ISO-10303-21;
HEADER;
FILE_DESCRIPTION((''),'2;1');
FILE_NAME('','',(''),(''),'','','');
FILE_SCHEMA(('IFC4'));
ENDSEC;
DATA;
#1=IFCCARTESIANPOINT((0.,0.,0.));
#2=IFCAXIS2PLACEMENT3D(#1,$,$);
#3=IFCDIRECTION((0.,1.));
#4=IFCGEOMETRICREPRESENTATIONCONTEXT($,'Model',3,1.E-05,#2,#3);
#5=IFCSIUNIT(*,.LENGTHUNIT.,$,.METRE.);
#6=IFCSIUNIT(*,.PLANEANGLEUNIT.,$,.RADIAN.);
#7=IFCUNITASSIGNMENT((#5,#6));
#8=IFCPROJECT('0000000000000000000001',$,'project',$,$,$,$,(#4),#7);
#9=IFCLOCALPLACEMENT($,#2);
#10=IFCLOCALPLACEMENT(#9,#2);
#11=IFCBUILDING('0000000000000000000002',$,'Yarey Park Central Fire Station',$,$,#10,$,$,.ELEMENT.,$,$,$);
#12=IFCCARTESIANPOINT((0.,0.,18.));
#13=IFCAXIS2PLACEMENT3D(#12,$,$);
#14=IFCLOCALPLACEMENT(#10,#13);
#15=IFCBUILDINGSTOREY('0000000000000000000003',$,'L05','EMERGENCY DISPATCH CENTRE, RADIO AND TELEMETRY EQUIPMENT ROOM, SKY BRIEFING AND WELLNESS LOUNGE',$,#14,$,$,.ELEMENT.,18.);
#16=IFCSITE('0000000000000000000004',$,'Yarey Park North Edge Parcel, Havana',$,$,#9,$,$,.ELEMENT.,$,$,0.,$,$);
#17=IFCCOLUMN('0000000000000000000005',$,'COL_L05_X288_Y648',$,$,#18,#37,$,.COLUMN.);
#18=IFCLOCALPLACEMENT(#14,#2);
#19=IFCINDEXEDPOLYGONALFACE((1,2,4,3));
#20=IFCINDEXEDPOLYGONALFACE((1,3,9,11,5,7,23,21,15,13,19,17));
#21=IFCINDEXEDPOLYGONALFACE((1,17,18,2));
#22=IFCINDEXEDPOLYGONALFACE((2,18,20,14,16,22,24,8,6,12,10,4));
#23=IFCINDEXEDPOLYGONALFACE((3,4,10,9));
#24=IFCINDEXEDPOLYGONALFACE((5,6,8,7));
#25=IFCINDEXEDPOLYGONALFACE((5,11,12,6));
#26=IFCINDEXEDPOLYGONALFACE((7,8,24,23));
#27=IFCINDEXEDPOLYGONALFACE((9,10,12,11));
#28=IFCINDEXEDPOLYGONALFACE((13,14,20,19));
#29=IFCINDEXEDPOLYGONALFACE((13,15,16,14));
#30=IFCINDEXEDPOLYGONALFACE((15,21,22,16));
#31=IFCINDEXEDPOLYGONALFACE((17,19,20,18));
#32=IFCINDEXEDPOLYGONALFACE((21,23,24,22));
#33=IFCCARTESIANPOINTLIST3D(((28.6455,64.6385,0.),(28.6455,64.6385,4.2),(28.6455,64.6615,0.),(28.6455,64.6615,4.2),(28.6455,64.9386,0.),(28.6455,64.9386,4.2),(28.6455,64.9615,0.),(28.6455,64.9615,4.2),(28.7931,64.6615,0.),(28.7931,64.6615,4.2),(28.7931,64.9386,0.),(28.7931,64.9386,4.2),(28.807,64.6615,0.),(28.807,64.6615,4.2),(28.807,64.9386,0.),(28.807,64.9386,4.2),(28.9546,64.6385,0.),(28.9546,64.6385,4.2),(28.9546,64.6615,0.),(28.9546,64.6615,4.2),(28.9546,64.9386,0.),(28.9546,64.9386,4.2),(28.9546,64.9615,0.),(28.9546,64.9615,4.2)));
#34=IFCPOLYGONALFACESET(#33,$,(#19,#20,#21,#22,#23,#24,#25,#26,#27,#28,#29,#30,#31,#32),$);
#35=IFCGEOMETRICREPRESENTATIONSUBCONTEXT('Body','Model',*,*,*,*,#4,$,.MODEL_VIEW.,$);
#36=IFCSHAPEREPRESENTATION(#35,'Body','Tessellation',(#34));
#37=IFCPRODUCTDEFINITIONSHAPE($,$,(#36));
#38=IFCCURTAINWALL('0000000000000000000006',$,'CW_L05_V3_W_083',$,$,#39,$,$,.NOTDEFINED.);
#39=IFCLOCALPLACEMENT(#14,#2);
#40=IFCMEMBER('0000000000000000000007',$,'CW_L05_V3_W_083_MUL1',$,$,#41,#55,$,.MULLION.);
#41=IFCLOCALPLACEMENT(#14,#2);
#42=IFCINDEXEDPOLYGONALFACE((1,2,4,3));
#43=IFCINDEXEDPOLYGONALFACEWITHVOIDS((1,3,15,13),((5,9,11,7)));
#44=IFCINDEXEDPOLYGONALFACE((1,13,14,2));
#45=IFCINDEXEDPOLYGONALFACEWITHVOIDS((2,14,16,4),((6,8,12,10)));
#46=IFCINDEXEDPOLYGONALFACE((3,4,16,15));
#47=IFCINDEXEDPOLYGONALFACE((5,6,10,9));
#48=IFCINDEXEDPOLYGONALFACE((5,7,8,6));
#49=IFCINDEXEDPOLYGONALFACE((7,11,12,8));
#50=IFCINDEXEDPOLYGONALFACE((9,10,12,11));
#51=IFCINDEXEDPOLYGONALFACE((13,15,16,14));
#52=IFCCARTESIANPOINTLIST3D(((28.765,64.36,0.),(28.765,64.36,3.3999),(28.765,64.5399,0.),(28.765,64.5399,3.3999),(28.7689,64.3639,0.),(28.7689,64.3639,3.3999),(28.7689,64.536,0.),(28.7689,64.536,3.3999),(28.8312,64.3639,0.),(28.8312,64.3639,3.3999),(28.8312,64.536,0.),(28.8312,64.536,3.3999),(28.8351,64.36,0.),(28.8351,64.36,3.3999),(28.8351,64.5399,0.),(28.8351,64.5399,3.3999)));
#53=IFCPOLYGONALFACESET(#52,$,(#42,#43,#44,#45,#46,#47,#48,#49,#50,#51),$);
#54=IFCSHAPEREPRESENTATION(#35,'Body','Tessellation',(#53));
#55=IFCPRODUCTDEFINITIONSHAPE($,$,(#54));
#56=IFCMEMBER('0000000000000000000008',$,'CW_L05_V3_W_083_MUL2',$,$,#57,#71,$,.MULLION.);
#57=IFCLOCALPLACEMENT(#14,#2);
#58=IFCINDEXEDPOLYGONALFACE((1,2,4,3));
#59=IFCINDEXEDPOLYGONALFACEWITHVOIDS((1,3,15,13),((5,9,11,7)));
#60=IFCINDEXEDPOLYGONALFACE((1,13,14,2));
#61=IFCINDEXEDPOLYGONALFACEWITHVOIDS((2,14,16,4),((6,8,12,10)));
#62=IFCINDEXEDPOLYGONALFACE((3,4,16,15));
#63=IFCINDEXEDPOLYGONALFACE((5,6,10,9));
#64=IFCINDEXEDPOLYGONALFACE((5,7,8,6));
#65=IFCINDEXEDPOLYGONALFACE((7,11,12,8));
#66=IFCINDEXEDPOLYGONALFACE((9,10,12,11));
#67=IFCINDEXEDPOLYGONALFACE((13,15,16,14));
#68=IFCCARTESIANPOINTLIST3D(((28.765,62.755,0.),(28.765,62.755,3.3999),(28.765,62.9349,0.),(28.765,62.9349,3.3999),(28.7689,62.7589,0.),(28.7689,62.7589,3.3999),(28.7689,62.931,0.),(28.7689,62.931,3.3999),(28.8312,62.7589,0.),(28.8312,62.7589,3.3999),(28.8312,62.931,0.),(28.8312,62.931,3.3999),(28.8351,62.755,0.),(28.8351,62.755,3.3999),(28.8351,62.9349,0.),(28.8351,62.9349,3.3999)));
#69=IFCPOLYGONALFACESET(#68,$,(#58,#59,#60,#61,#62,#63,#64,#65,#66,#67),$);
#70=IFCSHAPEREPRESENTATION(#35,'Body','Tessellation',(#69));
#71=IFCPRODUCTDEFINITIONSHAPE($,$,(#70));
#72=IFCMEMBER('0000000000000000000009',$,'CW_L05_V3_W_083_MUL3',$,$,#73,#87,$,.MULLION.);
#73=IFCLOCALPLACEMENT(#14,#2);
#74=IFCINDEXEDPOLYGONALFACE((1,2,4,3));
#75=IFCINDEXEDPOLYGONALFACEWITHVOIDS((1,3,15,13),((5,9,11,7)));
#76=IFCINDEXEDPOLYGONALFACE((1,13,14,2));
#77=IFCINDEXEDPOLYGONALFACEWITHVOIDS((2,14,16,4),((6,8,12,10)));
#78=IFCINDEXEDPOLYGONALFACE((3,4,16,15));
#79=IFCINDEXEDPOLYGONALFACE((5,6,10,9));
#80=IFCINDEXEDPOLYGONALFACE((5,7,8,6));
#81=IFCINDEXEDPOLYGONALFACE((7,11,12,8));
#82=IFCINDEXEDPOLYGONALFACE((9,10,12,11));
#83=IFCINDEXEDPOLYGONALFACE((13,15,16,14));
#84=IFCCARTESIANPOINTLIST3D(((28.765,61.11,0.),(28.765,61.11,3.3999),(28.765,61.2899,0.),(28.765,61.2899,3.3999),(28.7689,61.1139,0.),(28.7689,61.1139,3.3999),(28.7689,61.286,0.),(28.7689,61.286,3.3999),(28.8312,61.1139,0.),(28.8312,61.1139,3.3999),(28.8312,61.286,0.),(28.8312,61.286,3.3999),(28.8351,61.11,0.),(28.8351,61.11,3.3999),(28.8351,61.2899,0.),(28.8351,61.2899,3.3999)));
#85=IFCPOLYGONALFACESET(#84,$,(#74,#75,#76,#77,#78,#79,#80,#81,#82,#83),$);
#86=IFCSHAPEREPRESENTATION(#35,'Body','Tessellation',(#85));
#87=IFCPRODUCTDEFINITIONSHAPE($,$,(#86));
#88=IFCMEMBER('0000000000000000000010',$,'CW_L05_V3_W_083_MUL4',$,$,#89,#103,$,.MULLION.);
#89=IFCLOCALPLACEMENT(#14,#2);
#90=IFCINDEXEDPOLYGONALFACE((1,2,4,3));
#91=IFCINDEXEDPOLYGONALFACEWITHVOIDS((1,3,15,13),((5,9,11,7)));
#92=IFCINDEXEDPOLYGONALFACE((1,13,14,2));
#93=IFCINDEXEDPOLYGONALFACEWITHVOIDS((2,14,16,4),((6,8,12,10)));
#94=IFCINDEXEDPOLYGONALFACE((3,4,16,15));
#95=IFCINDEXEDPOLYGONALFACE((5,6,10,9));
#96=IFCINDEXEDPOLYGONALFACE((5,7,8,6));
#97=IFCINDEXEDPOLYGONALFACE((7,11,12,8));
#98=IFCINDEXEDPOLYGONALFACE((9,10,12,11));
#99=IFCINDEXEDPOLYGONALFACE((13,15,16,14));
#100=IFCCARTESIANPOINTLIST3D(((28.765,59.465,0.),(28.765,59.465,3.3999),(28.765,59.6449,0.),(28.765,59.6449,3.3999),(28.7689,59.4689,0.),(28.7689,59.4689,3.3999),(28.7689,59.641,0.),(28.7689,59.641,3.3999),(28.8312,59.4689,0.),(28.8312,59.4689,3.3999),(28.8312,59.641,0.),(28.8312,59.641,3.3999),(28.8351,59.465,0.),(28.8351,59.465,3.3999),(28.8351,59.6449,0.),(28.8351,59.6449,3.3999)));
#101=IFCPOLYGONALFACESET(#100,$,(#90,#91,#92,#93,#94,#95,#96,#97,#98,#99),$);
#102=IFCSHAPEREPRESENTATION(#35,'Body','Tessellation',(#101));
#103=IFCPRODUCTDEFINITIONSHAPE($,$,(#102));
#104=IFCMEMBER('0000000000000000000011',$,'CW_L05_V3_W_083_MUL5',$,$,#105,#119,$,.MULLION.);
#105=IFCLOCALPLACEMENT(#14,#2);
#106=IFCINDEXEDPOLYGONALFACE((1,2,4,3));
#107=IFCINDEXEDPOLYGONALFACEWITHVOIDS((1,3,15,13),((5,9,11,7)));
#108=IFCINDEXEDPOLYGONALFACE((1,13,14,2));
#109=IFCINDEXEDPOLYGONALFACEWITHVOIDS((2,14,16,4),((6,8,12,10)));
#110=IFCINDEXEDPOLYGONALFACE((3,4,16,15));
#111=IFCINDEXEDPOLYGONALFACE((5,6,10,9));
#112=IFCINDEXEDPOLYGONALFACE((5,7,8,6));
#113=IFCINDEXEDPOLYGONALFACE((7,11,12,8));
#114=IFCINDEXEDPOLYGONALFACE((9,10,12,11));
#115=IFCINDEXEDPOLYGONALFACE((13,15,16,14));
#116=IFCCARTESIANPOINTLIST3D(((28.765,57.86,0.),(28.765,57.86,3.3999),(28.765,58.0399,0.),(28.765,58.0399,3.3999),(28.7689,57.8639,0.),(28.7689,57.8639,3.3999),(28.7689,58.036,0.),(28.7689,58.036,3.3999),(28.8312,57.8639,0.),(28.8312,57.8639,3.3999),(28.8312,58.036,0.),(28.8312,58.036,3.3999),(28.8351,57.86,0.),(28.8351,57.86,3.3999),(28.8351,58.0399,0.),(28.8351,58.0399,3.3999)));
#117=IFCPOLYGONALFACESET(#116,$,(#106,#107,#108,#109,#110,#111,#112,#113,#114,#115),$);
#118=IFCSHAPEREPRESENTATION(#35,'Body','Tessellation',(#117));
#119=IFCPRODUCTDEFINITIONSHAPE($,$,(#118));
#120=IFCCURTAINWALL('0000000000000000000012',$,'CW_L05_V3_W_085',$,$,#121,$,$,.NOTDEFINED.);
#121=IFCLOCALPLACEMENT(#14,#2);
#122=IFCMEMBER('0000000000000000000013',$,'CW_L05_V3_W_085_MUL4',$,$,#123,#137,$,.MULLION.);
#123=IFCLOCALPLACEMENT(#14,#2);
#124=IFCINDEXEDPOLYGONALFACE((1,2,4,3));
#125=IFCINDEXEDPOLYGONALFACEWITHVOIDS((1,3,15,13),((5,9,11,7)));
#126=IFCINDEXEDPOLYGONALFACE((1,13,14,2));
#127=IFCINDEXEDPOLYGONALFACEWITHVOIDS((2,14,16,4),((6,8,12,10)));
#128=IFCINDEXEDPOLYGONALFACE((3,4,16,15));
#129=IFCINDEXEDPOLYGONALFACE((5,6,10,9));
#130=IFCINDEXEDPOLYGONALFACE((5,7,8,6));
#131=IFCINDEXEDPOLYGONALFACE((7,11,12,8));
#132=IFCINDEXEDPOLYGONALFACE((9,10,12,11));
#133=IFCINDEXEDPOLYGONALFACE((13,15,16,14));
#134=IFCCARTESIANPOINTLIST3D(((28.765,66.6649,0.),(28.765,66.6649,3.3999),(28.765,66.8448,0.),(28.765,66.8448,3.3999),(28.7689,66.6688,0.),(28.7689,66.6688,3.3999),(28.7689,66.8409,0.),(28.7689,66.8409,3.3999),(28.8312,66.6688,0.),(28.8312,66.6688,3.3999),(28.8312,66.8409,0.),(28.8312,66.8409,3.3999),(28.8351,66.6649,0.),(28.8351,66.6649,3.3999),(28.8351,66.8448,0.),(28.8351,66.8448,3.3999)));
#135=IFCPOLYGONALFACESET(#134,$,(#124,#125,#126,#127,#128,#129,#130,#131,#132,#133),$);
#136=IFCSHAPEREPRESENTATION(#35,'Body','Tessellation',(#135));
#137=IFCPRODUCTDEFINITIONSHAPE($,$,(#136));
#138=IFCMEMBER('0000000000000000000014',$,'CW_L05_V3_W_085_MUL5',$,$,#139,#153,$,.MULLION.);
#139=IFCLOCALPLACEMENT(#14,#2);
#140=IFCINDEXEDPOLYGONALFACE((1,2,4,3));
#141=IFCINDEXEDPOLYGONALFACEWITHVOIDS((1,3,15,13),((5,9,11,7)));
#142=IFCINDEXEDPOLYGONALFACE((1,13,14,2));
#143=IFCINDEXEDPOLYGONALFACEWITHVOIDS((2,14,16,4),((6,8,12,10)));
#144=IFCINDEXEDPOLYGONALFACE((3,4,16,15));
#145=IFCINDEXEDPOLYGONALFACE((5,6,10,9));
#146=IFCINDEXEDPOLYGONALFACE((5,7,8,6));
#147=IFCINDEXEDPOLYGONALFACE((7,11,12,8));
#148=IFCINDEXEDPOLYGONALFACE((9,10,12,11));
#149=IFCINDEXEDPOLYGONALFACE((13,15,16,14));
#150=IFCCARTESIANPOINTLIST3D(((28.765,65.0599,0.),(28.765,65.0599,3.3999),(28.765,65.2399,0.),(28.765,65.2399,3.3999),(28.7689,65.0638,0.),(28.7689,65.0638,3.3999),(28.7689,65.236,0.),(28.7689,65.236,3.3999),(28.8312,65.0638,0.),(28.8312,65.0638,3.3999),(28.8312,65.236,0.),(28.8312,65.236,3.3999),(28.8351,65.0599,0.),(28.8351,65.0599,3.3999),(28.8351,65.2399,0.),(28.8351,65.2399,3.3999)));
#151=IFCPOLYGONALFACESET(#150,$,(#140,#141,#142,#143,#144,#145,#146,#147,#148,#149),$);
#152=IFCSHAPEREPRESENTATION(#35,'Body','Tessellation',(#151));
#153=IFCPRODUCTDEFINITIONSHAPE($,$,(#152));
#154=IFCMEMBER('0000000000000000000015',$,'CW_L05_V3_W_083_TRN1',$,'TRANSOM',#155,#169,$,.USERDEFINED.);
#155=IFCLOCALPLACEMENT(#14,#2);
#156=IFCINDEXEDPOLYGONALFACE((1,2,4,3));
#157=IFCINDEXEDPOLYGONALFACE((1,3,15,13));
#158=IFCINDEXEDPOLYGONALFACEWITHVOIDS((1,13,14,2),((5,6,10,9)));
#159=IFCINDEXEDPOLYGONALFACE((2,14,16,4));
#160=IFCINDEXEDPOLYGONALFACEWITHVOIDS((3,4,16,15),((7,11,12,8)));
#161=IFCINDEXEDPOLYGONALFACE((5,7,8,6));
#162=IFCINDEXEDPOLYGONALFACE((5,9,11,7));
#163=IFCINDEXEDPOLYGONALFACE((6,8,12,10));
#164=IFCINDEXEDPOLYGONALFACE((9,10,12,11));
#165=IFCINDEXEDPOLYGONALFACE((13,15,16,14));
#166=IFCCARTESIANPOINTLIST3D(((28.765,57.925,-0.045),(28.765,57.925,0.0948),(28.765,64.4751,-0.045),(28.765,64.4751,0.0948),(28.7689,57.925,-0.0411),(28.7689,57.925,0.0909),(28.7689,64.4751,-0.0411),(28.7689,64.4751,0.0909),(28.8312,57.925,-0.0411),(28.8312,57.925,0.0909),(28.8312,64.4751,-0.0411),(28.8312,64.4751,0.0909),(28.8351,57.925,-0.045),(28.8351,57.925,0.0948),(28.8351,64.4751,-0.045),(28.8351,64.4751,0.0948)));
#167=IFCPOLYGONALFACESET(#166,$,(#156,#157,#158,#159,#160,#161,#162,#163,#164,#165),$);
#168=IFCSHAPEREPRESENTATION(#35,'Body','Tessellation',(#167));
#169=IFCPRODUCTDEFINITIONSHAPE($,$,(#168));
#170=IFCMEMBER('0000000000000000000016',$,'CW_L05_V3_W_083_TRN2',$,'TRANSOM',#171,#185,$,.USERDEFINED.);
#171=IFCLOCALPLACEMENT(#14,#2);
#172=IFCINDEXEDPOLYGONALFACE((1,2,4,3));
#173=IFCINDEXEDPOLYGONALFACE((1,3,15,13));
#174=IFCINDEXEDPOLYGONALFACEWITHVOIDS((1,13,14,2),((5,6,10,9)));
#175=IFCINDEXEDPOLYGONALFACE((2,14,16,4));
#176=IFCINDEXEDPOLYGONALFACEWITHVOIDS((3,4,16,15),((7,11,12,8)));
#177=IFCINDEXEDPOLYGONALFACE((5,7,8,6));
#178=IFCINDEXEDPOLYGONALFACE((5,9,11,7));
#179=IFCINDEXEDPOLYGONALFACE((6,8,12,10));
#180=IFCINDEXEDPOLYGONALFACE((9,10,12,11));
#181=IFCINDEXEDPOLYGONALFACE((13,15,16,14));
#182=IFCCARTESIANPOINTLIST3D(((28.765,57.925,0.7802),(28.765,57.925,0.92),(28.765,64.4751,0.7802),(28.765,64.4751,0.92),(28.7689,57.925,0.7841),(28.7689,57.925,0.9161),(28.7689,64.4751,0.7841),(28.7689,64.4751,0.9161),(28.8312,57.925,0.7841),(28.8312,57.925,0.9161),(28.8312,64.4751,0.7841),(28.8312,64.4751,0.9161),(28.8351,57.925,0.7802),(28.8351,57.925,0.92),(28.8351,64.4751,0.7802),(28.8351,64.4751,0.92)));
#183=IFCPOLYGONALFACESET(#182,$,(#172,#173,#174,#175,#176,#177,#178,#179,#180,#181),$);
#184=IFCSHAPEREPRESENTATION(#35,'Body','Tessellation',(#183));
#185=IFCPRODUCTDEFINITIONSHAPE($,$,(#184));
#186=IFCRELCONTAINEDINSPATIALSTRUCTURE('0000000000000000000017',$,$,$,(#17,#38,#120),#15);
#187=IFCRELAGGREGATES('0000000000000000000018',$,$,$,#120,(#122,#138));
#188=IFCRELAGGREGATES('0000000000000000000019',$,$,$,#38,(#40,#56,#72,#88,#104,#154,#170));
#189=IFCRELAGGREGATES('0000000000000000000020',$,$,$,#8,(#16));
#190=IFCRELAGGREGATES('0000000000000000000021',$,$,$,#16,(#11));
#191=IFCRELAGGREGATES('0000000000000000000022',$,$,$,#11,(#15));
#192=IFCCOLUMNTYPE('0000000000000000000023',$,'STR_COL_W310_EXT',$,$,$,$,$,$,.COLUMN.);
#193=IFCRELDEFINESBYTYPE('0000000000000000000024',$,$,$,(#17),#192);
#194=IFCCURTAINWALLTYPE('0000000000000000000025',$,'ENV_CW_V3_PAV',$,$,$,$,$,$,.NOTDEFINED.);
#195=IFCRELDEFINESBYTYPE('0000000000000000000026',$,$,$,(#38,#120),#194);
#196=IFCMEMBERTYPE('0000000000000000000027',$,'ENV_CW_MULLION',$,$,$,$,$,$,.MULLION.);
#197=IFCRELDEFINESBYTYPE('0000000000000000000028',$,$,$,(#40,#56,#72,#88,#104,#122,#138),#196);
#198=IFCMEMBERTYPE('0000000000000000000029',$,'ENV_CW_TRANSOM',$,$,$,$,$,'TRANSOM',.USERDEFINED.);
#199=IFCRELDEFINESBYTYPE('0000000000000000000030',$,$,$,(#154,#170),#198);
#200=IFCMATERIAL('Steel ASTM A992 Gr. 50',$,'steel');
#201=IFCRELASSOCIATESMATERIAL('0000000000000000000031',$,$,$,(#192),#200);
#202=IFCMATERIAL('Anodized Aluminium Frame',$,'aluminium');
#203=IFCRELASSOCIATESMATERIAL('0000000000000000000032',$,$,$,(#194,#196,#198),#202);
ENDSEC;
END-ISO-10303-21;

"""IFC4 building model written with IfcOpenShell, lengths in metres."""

from ifc_helpers import new_model, si_unit, direction, frame, origin, origin_2d, place, context, subcontext, project, spatial, hollow_rectangle, i_section, extrude, material, material_profile, profile_set, type_object, element, aggregate, save


model = new_model("IFC4")

# Units and contexts
model_context = context("Model", 3, precision=1e-05, world=origin(), true_north=direction((0.0, 1.0)))
body_context = subcontext(model_context, "Body", "Model", "MODEL_VIEW")
ifc_project = project(units=[si_unit("LENGTHUNIT", "METRE"), si_unit("PLANEANGLEUNIT", "RADIAN")], contexts=[model_context])

# Site, building, storey
site_placement = place(None, origin())
site = spatial("IfcSite", under=ifc_project, at=site_placement, Name="Yarey Park North Edge Parcel, Havana", CompositionType="ELEMENT", RefElevation=0.0)
building_placement = place(site_placement, origin())
building = spatial("IfcBuilding", under=site, at=building_placement, Name="Yarey Park Central Fire Station", CompositionType="ELEMENT")
storey_placement = place(building_placement, frame((0.0, 0.0, 18.0)))
storey = spatial("IfcBuildingStorey", under=building, at=storey_placement, Name="L05", Description="EMERGENCY DISPATCH CENTRE, RADIO AND TELEMETRY EQUIPMENT ROOM, SKY BRIEFING AND WELLNESS LOUNGE", CompositionType="ELEMENT", Elevation=18.0)

# Column
ifc_material_1 = material(Name="Steel ASTM A992 Gr. 50", Category="steel")
ifc_material_profile_1 = material_profile(ifc_material_1, i_section(OverallWidth=0.3091, OverallDepth=0.323, WebThickness=0.0139, FlangeThickness=0.0229, at=origin_2d()), Name="W310x143")
ifc_profile_set_1 = profile_set([ifc_material_profile_1], Name="Steel ASTM A992 Gr. 50")
column_type = type_object("IfcColumnType", Name="STR_COL_W310_EXT", PredefinedType="COLUMN", material=ifc_profile_set_1)
column_placement = place(storey_placement, frame((28.8, 64.8, 0.0), z_axis=(0.0, 0.0, 1.0), x_axis=(1.0, 0.0, 0.0)))
element("IfcColumn", 1, at=column_placement, inside=storey, type_object=column_type, Name="COL_L05_X288_Y648", PredefinedType="COLUMN", context=body_context, shape_type="SweptSolid", body=[
    extrude(i_section(OverallWidth=0.3091, OverallDepth=0.323, WebThickness=0.0139, FlangeThickness=0.0229, at=origin_2d()), origin(), (0.0, 0.0, 1.0), 4.2),
])

# Curtain walls, members
ifc_material_2 = material(Name="Anodized Aluminium Frame", Category="aluminium")
curtain_wall_type = type_object("IfcCurtainWallType", Name="ENV_CW_V3_PAV", PredefinedType="NOTDEFINED", material=ifc_material_2)
curtain_wall_1_placement = place(storey_placement, origin())
curtain_wall_1 = element("IfcCurtainWall", 2, at=curtain_wall_1_placement, inside=storey, type_object=curtain_wall_type, Name="CW_L05_V3_W_083", PredefinedType="NOTDEFINED")
ifc_material_profile_2 = material_profile(ifc_material_2, hollow_rectangle(XDim=0.0701, YDim=0.1799, WallThickness=0.0039, at=origin_2d()), Name="ALU 180x70x4")
ifc_profile_set_2 = profile_set([ifc_material_profile_2], Name="Anodized Aluminium Frame")
member_type_1 = type_object("IfcMemberType", Name="ENV_CW_MULLION", PredefinedType="MULLION", material=ifc_profile_set_2)
member_1_placement = place(storey_placement, frame((28.8, 64.45, 0.0), z_axis=(0.0, 0.0, 1.0), x_axis=(1.0, 0.0, 0.0)))
member_1 = element("IfcMember", 3, at=member_1_placement, type_object=member_type_1, Name="CW_L05_V3_W_083_MUL1", PredefinedType="MULLION", context=body_context, shape_type="SweptSolid", body=[
    extrude(hollow_rectangle(XDim=0.0701, YDim=0.1799, WallThickness=0.0039, at=origin_2d()), origin(), (0.0, 0.0, 1.0), 3.3999),
])
member_2_placement = place(storey_placement, frame((28.8, 62.845, 0.0), z_axis=(0.0, 0.0, 1.0), x_axis=(1.0, 0.0, 0.0)))
member_2 = element("IfcMember", 4, at=member_2_placement, type_object=member_type_1, Name="CW_L05_V3_W_083_MUL2", PredefinedType="MULLION", context=body_context, shape_type="SweptSolid", body=[
    extrude(hollow_rectangle(XDim=0.0701, YDim=0.1799, WallThickness=0.0039, at=origin_2d()), origin(), (0.0, 0.0, 1.0), 3.3999),
])
member_3_placement = place(storey_placement, frame((28.8, 61.2, 0.0), z_axis=(0.0, 0.0, 1.0), x_axis=(1.0, 0.0, 0.0)))
member_3 = element("IfcMember", 5, at=member_3_placement, type_object=member_type_1, Name="CW_L05_V3_W_083_MUL3", PredefinedType="MULLION", context=body_context, shape_type="SweptSolid", body=[
    extrude(hollow_rectangle(XDim=0.0701, YDim=0.1799, WallThickness=0.0039, at=origin_2d()), origin(), (0.0, 0.0, 1.0), 3.3999),
])
member_4_placement = place(storey_placement, frame((28.8, 59.5549, 0.0), z_axis=(0.0, 0.0, 1.0), x_axis=(1.0, 0.0, 0.0)))
member_4 = element("IfcMember", 6, at=member_4_placement, type_object=member_type_1, Name="CW_L05_V3_W_083_MUL4", PredefinedType="MULLION", context=body_context, shape_type="SweptSolid", body=[
    extrude(hollow_rectangle(XDim=0.0701, YDim=0.1799, WallThickness=0.0039, at=origin_2d()), origin(), (0.0, 0.0, 1.0), 3.3999),
])
member_5_placement = place(storey_placement, frame((28.8, 57.95, 0.0), z_axis=(0.0, 0.0, 1.0), x_axis=(1.0, 0.0, 0.0)))
member_5 = element("IfcMember", 7, at=member_5_placement, type_object=member_type_1, Name="CW_L05_V3_W_083_MUL5", PredefinedType="MULLION", context=body_context, shape_type="SweptSolid", body=[
    extrude(hollow_rectangle(XDim=0.0701, YDim=0.1799, WallThickness=0.0039, at=origin_2d()), origin(), (0.0, 0.0, 1.0), 3.3999),
])
curtain_wall_2_placement = place(storey_placement, origin())
curtain_wall_2 = element("IfcCurtainWall", 8, at=curtain_wall_2_placement, inside=storey, type_object=curtain_wall_type, Name="CW_L05_V3_W_085", PredefinedType="NOTDEFINED")
member_6_placement = place(storey_placement, frame((28.8, 66.7549, 0.0), z_axis=(0.0, 0.0, 1.0), x_axis=(1.0, 0.0, 0.0)))
member_6 = element("IfcMember", 9, at=member_6_placement, type_object=member_type_1, Name="CW_L05_V3_W_085_MUL4", PredefinedType="MULLION", context=body_context, shape_type="SweptSolid", body=[
    extrude(hollow_rectangle(XDim=0.0701, YDim=0.1799, WallThickness=0.0039, at=origin_2d()), origin(), (0.0, 0.0, 1.0), 3.3999),
])
member_7_placement = place(storey_placement, frame((28.8, 65.1499, 0.0), z_axis=(0.0, 0.0, 1.0), x_axis=(1.0, 0.0, 0.0)))
member_7 = element("IfcMember", 10, at=member_7_placement, type_object=member_type_1, Name="CW_L05_V3_W_085_MUL5", PredefinedType="MULLION", context=body_context, shape_type="SweptSolid", body=[
    extrude(hollow_rectangle(XDim=0.0701, YDim=0.1799, WallThickness=0.0039, at=origin_2d()), origin(), (0.0, 0.0, 1.0), 3.3999),
])

# Members
ifc_material_profile_3 = material_profile(ifc_material_2, hollow_rectangle(XDim=0.0701, YDim=0.1399, WallThickness=0.0039, at=origin_2d()), Name="ALU 140x70x4")
ifc_profile_set_3 = profile_set([ifc_material_profile_3], Name="Anodized Aluminium Frame")
member_type_2 = type_object("IfcMemberType", Name="ENV_CW_TRANSOM", ElementType="TRANSOM", PredefinedType="USERDEFINED", material=ifc_profile_set_3)
member_8_placement = place(storey_placement, frame((28.8, 64.4751, 0.0249), z_axis=(0.0, -1.0, 0.0), x_axis=(1.0, 0.0, 0.0)))
member_8 = element("IfcMember", 11, at=member_8_placement, type_object=member_type_2, Name="CW_L05_V3_W_083_TRN1", ObjectType="TRANSOM", PredefinedType="USERDEFINED", context=body_context, shape_type="SweptSolid", body=[
    extrude(hollow_rectangle(XDim=0.0701, YDim=0.1399, WallThickness=0.0039, at=origin_2d()), origin(), (0.0, 0.0, 1.0), 6.55),
])
member_9_placement = place(storey_placement, frame((28.8, 64.4751, 0.8501), z_axis=(0.0, -1.0, 0.0), x_axis=(1.0, 0.0, 0.0)))
member_9 = element("IfcMember", 12, at=member_9_placement, type_object=member_type_2, Name="CW_L05_V3_W_083_TRN2", ObjectType="TRANSOM", PredefinedType="USERDEFINED", context=body_context, shape_type="SweptSolid", body=[
    extrude(hollow_rectangle(XDim=0.0701, YDim=0.1399, WallThickness=0.0039, at=origin_2d()), origin(), (0.0, 0.0, 1.0), 6.55),
])

aggregate(curtain_wall_2, [member_6, member_7])
aggregate(curtain_wall_1, [member_1, member_2, member_3, member_4, member_5, member_8, member_9])

save(model, "model.ifc")
